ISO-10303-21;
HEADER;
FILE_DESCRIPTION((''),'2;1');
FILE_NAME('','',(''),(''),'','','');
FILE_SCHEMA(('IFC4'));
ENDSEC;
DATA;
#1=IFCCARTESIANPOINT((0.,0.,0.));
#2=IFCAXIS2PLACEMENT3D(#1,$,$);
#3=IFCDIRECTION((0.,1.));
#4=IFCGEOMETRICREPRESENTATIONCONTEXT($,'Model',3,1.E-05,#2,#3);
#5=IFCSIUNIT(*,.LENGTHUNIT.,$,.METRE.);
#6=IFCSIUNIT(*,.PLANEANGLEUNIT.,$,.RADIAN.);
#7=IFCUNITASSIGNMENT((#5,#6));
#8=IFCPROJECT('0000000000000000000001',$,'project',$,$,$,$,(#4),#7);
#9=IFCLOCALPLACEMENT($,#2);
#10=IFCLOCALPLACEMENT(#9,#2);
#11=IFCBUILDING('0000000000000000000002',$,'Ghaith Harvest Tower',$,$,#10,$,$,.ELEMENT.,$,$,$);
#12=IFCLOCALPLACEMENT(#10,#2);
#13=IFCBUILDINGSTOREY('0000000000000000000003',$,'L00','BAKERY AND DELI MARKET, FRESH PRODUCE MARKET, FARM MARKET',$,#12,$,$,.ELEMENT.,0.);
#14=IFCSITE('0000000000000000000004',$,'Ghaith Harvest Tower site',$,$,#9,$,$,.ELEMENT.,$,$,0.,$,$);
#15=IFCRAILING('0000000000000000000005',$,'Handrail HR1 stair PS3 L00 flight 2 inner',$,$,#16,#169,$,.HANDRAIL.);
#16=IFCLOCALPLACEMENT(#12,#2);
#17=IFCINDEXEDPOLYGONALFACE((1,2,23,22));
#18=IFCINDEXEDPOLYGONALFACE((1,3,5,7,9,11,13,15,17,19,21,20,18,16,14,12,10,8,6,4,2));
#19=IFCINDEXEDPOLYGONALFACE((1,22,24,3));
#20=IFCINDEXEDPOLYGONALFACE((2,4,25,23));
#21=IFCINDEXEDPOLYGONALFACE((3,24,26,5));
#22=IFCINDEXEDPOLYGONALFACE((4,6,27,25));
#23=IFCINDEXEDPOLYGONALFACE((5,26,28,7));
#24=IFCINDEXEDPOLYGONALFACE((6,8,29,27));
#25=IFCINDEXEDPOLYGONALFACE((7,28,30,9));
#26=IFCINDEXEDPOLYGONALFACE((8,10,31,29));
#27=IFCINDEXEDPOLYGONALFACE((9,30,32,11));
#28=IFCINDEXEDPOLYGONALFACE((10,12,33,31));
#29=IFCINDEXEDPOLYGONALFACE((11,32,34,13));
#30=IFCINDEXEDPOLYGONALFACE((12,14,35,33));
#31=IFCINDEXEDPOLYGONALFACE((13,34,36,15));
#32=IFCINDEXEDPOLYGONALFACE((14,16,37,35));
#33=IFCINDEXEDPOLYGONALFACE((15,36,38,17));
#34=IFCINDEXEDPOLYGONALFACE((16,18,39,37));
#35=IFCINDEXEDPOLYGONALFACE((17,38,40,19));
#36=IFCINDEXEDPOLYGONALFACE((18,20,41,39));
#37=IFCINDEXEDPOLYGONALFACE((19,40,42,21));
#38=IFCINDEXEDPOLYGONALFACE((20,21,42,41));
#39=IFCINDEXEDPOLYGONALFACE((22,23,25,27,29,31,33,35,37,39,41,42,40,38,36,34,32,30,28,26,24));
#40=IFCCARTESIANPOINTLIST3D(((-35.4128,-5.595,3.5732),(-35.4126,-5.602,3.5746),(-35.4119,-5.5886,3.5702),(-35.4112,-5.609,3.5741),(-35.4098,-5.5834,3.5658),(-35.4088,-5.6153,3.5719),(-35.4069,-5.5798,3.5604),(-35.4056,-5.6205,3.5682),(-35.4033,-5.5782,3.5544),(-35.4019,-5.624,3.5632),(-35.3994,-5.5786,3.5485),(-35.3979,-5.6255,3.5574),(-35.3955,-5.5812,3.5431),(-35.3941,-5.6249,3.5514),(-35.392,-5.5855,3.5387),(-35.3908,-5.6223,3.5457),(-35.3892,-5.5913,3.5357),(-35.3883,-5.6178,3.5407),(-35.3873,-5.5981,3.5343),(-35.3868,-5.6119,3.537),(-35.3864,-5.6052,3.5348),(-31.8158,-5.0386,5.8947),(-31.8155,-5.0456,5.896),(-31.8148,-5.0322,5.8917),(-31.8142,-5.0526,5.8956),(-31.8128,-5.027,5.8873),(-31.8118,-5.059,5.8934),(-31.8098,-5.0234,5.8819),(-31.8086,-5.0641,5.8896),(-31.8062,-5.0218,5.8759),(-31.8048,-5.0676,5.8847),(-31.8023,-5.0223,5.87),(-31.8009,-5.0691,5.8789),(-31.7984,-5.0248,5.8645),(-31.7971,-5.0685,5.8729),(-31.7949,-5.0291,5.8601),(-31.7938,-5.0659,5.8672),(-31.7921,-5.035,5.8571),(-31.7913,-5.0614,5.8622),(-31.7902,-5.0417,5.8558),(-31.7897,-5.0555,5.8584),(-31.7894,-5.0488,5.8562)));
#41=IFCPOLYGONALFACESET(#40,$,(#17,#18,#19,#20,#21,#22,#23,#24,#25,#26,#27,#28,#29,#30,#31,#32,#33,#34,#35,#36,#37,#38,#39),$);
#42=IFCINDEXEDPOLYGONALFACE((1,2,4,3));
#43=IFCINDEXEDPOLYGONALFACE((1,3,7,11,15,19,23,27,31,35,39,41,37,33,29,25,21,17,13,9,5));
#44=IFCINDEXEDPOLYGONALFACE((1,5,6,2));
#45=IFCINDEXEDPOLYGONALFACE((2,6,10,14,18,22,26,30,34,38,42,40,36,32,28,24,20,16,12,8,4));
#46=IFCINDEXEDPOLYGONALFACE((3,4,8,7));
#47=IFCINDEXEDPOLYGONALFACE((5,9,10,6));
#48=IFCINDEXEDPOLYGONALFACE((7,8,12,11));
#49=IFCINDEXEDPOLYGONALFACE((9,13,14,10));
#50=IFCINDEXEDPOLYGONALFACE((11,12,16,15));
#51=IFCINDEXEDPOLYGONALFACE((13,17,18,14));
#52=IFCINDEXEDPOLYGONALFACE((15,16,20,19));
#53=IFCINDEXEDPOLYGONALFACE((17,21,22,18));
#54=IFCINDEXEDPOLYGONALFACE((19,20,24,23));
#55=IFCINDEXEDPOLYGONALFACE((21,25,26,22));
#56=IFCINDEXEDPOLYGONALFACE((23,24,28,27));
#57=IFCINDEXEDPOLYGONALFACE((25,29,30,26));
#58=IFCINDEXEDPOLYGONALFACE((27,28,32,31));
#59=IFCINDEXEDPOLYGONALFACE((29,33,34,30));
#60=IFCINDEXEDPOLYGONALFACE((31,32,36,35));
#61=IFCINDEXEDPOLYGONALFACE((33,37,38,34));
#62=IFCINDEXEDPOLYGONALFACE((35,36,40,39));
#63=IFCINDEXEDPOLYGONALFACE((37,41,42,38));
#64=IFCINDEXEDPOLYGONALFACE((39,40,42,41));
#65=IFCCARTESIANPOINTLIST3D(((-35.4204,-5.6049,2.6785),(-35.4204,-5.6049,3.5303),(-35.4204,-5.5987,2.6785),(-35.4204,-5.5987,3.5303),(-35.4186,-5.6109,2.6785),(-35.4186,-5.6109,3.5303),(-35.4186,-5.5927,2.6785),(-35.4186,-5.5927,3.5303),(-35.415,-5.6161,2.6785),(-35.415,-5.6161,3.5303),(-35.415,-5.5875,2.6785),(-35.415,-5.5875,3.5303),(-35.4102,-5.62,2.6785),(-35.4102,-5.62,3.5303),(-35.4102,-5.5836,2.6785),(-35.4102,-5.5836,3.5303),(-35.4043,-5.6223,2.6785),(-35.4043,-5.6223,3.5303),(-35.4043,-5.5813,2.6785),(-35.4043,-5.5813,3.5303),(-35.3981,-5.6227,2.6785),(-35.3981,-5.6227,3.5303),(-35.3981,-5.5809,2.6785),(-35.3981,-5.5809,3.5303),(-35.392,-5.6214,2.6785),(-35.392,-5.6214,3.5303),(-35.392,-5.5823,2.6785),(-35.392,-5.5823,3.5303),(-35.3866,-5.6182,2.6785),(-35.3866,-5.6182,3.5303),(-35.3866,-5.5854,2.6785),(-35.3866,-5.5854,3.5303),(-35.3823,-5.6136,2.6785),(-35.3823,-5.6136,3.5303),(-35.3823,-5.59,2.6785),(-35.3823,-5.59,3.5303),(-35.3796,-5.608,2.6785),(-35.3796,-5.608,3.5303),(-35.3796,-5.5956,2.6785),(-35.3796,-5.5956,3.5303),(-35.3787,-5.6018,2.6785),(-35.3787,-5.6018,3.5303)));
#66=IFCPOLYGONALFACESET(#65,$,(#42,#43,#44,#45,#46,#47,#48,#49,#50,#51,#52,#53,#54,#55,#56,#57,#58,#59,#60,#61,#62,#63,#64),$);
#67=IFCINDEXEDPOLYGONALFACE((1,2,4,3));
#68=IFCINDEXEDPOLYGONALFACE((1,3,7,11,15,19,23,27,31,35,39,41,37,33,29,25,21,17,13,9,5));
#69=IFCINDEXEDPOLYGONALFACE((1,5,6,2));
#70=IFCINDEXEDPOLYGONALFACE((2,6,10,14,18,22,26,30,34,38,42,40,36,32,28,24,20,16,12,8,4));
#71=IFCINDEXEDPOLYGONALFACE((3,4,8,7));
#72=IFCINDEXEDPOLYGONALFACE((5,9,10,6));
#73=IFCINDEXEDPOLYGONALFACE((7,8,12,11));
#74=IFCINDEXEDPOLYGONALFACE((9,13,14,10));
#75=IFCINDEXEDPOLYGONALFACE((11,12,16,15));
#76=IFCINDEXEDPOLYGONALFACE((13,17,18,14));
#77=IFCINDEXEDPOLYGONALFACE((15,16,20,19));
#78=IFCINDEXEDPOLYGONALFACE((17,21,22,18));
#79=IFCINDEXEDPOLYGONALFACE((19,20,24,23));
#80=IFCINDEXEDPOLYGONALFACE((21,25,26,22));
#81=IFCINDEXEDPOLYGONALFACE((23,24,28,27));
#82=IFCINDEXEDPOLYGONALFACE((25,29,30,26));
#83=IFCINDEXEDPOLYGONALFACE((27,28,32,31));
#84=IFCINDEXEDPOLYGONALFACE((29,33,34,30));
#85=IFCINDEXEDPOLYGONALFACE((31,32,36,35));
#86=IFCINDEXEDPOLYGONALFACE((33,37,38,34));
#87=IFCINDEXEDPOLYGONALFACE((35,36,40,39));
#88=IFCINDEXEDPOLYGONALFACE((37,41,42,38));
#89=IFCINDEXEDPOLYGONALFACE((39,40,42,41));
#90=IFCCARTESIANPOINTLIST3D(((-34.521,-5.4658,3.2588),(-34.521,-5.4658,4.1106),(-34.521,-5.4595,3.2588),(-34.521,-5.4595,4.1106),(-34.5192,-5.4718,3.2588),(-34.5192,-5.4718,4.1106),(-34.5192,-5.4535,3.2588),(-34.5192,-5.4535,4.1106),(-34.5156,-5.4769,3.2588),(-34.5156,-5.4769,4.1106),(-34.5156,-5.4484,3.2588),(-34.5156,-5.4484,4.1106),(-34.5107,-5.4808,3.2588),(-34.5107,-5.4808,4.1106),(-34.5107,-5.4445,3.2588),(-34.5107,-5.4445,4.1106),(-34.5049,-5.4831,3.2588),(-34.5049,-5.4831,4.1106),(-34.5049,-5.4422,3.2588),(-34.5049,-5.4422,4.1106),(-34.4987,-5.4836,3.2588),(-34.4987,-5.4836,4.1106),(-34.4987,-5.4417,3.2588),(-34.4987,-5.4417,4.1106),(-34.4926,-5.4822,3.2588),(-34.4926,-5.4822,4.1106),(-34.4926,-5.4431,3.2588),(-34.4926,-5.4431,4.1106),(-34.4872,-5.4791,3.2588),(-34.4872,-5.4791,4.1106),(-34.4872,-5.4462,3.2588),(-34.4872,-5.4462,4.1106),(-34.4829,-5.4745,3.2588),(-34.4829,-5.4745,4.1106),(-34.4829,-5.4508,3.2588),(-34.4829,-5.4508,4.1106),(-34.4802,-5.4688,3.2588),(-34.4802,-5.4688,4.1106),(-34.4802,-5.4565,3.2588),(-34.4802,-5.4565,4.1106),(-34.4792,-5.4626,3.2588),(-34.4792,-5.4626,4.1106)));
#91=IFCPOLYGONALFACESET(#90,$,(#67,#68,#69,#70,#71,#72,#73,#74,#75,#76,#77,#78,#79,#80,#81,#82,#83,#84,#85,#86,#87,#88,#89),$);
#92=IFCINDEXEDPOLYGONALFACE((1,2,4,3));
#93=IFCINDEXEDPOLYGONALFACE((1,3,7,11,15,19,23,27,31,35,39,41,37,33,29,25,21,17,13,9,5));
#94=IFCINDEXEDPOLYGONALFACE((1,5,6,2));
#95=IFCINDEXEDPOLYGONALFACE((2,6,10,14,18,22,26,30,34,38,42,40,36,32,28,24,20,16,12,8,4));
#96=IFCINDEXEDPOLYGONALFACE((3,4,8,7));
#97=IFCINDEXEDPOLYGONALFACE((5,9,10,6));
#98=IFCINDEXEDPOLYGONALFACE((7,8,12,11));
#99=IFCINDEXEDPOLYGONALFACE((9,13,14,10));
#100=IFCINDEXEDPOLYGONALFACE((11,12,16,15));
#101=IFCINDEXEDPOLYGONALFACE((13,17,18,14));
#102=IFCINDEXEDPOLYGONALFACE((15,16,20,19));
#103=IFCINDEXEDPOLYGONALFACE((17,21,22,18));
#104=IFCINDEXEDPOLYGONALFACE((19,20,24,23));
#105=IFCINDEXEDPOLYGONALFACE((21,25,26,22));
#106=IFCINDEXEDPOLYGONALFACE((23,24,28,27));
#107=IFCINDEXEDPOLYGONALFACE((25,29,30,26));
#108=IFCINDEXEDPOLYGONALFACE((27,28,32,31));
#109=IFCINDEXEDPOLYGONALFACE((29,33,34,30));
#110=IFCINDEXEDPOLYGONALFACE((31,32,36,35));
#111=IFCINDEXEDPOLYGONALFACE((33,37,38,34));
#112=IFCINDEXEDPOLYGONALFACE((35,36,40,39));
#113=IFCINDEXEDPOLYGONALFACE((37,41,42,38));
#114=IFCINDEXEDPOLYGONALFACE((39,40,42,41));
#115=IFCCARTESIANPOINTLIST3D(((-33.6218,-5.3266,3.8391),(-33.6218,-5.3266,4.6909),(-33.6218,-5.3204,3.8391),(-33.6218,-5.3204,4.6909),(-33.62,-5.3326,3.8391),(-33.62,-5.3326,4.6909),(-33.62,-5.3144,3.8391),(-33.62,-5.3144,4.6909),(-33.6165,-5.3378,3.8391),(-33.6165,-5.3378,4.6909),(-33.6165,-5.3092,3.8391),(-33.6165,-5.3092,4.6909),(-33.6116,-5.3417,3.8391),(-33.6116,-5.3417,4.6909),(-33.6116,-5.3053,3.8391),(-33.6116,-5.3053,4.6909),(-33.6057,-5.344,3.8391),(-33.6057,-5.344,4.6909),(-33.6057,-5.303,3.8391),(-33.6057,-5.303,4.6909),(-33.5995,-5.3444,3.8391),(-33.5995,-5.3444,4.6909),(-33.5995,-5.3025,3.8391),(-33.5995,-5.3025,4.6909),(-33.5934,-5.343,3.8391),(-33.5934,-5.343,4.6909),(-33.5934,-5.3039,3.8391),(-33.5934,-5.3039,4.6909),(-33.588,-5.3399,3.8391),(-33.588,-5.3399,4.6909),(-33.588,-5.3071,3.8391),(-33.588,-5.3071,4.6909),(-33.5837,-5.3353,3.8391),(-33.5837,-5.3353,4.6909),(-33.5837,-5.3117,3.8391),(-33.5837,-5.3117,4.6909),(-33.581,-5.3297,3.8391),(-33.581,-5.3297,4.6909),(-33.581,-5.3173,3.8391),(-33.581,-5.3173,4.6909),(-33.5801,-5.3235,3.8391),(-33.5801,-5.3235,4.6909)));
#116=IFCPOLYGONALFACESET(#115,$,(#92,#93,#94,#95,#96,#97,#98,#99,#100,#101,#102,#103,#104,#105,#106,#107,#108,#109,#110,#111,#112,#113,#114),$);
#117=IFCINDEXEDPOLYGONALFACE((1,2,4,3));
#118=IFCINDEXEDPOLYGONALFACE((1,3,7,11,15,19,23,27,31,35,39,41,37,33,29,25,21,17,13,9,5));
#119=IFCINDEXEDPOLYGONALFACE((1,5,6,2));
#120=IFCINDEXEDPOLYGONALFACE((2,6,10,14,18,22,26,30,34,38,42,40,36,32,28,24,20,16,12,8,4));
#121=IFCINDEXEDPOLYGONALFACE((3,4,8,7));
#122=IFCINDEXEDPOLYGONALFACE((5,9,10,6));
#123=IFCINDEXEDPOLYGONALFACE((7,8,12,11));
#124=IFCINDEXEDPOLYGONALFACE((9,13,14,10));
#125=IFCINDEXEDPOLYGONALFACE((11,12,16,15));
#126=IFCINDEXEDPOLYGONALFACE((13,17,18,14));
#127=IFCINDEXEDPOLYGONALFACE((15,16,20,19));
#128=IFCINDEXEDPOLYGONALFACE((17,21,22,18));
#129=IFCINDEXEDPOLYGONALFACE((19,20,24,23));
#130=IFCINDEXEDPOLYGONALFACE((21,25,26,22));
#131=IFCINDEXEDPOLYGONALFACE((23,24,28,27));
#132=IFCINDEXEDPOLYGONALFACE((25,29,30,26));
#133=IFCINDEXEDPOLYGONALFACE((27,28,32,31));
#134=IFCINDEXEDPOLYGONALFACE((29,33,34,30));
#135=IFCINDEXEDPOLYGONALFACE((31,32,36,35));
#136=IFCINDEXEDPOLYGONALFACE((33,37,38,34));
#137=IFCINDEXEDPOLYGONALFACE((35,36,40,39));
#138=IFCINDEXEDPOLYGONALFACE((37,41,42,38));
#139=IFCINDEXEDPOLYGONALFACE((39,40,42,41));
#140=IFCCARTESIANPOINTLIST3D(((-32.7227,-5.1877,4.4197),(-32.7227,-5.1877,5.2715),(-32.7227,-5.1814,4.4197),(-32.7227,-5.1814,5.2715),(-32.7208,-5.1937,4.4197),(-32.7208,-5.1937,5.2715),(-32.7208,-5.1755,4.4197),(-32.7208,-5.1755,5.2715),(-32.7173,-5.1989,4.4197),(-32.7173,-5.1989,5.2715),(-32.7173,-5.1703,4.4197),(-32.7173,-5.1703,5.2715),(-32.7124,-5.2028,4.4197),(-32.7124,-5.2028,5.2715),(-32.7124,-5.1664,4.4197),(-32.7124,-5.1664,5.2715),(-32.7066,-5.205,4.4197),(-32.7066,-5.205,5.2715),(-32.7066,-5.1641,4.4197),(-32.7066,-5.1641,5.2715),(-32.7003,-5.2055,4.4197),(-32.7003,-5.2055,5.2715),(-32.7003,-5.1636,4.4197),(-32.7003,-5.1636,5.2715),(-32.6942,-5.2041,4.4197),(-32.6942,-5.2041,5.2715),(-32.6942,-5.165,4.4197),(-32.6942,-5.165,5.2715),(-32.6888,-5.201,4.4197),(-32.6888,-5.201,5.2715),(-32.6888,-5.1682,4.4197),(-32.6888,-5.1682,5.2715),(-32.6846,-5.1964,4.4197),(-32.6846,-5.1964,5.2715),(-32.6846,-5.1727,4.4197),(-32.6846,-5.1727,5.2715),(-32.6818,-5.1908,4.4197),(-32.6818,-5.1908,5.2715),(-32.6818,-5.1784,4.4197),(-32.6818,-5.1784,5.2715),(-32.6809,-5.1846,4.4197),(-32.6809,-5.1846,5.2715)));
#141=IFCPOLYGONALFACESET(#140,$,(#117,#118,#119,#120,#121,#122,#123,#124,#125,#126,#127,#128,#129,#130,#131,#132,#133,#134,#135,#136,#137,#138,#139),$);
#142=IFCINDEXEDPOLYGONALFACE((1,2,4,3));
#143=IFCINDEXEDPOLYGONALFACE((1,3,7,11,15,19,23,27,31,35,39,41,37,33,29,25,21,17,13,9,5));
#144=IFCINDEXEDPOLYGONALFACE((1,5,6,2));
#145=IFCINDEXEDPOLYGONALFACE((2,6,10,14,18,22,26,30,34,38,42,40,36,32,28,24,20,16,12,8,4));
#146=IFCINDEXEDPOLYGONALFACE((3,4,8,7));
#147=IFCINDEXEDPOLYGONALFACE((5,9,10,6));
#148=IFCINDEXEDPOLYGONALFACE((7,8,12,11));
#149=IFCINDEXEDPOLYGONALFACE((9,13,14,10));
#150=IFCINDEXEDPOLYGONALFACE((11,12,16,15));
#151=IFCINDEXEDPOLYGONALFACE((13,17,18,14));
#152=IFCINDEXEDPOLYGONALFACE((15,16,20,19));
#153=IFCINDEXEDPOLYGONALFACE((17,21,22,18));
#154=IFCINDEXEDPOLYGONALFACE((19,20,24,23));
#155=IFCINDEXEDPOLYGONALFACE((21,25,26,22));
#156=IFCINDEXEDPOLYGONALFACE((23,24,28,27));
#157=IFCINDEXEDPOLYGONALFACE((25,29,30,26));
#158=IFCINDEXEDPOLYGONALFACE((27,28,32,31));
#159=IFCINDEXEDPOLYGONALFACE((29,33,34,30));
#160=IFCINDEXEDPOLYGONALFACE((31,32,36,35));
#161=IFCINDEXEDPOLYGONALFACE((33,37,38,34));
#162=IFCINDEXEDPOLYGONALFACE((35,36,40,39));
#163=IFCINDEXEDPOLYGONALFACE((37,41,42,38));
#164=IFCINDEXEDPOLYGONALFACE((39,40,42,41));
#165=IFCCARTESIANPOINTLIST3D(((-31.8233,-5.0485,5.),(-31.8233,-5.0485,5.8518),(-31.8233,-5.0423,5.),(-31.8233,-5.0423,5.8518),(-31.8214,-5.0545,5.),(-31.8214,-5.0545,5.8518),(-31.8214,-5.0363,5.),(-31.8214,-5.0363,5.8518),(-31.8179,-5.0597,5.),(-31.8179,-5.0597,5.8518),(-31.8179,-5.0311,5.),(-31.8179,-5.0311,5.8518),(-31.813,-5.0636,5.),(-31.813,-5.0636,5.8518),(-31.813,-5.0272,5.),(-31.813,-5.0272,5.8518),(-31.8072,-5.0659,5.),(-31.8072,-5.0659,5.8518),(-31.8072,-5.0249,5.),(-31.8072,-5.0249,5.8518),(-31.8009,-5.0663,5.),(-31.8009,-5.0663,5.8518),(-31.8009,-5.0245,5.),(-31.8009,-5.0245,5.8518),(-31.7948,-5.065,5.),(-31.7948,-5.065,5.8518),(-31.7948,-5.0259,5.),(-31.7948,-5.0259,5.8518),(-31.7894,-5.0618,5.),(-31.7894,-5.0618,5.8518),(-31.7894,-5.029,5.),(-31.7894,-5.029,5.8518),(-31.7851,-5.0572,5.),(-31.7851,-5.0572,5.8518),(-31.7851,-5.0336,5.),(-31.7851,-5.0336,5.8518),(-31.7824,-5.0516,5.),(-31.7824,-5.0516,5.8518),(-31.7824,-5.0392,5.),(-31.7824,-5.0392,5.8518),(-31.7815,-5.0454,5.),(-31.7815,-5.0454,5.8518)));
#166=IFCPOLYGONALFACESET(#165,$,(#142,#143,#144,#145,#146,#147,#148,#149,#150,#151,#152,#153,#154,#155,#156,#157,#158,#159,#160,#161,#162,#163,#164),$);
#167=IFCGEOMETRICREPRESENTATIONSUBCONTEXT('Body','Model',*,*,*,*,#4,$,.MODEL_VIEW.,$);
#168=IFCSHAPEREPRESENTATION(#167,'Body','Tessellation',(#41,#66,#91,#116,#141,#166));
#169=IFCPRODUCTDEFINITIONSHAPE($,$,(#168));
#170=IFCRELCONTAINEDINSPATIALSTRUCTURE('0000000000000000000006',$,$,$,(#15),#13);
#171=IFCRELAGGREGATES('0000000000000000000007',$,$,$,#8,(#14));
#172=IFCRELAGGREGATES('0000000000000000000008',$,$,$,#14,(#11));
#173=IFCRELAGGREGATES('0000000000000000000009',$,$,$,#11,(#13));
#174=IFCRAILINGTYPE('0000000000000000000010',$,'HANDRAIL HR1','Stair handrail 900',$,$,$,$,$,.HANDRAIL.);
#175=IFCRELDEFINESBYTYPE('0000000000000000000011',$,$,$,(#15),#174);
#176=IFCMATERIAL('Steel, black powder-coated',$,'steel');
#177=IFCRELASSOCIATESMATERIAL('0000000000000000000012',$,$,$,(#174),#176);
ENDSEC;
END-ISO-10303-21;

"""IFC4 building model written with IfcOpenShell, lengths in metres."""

from ifc_helpers import new_model, si_unit, direction, frame, origin, origin_2d, place, context, subcontext, project, spatial, circle, extrude, material, type_object, element, save


model = new_model("IFC4")

# Units and contexts
model_context = context("Model", 3, precision=1e-05, world=origin(), true_north=direction((0.0, 1.0)))
body_context = subcontext(model_context, "Body", "Model", "MODEL_VIEW")
ifc_project = project(units=[si_unit("LENGTHUNIT", "METRE"), si_unit("PLANEANGLEUNIT", "RADIAN")], contexts=[model_context])

# Site, building, storey
site_placement = place(None, origin())
site = spatial("IfcSite", under=ifc_project, at=site_placement, Name="Ghaith Harvest Tower site", CompositionType="ELEMENT", RefElevation=0.0)
building_placement = place(site_placement, origin())
building = spatial("IfcBuilding", under=site, at=building_placement, Name="Ghaith Harvest Tower", CompositionType="ELEMENT")
storey_placement = place(building_placement, origin())
storey = spatial("IfcBuildingStorey", under=building, at=storey_placement, Name="L00", Description="BAKERY AND DELI MARKET, FRESH PRODUCE MARKET, FARM MARKET", CompositionType="ELEMENT", Elevation=0.0)

# Railing
ifc_material_1 = material(Name="Steel, black powder-coated", Category="steel")
railing_type = type_object("IfcRailingType", Name="HANDRAIL HR1", Description="Stair handrail 900", PredefinedType="HANDRAIL", material=ifc_material_1)
railing_1_placement = place(storey_placement, frame((-35.3997, -5.6018, 2.6785)))
element("IfcRailing", 1, at=railing_1_placement, inside=storey, type_object=railing_type, Name="Handrail HR1 stair PS3 L00 flight 2 inner", PredefinedType="HANDRAIL", context=body_context, shape_type="SweptSolid", body=[
    extrude(circle(Radius=0.0239, at=origin_2d()), frame((0.0, 0.0, 0.876), z_axis=(0.833207, 0.128877, 0.537733), x_axis=(-0.152859, 0.988248, 0.0)), (0.0, 0.0, 1.0), 4.3171),
    extrude(circle(Radius=0.021, at=origin_2d()), origin(), (0.0, 0.0, 1.0), 0.8518),
    extrude(circle(Radius=0.021, at=origin_2d()), frame((0.8994, 0.1392, 0.5803)), (0.0, 0.0, 1.0), 0.8518),
    extrude(circle(Radius=0.021, at=origin_2d()), frame((1.7986, 0.2783, 1.1606)), (0.0, 0.0, 1.0), 0.8518),
    extrude(circle(Radius=0.021, at=origin_2d()), frame((2.6978, 0.4172, 1.7412)), (0.0, 0.0, 1.0), 0.8518),
    extrude(circle(Radius=0.021, at=origin_2d()), frame((3.5972, 0.5564, 2.3215)), (0.0, 0.0, 1.0), 0.8518),
])

save(model, "model.ifc")
